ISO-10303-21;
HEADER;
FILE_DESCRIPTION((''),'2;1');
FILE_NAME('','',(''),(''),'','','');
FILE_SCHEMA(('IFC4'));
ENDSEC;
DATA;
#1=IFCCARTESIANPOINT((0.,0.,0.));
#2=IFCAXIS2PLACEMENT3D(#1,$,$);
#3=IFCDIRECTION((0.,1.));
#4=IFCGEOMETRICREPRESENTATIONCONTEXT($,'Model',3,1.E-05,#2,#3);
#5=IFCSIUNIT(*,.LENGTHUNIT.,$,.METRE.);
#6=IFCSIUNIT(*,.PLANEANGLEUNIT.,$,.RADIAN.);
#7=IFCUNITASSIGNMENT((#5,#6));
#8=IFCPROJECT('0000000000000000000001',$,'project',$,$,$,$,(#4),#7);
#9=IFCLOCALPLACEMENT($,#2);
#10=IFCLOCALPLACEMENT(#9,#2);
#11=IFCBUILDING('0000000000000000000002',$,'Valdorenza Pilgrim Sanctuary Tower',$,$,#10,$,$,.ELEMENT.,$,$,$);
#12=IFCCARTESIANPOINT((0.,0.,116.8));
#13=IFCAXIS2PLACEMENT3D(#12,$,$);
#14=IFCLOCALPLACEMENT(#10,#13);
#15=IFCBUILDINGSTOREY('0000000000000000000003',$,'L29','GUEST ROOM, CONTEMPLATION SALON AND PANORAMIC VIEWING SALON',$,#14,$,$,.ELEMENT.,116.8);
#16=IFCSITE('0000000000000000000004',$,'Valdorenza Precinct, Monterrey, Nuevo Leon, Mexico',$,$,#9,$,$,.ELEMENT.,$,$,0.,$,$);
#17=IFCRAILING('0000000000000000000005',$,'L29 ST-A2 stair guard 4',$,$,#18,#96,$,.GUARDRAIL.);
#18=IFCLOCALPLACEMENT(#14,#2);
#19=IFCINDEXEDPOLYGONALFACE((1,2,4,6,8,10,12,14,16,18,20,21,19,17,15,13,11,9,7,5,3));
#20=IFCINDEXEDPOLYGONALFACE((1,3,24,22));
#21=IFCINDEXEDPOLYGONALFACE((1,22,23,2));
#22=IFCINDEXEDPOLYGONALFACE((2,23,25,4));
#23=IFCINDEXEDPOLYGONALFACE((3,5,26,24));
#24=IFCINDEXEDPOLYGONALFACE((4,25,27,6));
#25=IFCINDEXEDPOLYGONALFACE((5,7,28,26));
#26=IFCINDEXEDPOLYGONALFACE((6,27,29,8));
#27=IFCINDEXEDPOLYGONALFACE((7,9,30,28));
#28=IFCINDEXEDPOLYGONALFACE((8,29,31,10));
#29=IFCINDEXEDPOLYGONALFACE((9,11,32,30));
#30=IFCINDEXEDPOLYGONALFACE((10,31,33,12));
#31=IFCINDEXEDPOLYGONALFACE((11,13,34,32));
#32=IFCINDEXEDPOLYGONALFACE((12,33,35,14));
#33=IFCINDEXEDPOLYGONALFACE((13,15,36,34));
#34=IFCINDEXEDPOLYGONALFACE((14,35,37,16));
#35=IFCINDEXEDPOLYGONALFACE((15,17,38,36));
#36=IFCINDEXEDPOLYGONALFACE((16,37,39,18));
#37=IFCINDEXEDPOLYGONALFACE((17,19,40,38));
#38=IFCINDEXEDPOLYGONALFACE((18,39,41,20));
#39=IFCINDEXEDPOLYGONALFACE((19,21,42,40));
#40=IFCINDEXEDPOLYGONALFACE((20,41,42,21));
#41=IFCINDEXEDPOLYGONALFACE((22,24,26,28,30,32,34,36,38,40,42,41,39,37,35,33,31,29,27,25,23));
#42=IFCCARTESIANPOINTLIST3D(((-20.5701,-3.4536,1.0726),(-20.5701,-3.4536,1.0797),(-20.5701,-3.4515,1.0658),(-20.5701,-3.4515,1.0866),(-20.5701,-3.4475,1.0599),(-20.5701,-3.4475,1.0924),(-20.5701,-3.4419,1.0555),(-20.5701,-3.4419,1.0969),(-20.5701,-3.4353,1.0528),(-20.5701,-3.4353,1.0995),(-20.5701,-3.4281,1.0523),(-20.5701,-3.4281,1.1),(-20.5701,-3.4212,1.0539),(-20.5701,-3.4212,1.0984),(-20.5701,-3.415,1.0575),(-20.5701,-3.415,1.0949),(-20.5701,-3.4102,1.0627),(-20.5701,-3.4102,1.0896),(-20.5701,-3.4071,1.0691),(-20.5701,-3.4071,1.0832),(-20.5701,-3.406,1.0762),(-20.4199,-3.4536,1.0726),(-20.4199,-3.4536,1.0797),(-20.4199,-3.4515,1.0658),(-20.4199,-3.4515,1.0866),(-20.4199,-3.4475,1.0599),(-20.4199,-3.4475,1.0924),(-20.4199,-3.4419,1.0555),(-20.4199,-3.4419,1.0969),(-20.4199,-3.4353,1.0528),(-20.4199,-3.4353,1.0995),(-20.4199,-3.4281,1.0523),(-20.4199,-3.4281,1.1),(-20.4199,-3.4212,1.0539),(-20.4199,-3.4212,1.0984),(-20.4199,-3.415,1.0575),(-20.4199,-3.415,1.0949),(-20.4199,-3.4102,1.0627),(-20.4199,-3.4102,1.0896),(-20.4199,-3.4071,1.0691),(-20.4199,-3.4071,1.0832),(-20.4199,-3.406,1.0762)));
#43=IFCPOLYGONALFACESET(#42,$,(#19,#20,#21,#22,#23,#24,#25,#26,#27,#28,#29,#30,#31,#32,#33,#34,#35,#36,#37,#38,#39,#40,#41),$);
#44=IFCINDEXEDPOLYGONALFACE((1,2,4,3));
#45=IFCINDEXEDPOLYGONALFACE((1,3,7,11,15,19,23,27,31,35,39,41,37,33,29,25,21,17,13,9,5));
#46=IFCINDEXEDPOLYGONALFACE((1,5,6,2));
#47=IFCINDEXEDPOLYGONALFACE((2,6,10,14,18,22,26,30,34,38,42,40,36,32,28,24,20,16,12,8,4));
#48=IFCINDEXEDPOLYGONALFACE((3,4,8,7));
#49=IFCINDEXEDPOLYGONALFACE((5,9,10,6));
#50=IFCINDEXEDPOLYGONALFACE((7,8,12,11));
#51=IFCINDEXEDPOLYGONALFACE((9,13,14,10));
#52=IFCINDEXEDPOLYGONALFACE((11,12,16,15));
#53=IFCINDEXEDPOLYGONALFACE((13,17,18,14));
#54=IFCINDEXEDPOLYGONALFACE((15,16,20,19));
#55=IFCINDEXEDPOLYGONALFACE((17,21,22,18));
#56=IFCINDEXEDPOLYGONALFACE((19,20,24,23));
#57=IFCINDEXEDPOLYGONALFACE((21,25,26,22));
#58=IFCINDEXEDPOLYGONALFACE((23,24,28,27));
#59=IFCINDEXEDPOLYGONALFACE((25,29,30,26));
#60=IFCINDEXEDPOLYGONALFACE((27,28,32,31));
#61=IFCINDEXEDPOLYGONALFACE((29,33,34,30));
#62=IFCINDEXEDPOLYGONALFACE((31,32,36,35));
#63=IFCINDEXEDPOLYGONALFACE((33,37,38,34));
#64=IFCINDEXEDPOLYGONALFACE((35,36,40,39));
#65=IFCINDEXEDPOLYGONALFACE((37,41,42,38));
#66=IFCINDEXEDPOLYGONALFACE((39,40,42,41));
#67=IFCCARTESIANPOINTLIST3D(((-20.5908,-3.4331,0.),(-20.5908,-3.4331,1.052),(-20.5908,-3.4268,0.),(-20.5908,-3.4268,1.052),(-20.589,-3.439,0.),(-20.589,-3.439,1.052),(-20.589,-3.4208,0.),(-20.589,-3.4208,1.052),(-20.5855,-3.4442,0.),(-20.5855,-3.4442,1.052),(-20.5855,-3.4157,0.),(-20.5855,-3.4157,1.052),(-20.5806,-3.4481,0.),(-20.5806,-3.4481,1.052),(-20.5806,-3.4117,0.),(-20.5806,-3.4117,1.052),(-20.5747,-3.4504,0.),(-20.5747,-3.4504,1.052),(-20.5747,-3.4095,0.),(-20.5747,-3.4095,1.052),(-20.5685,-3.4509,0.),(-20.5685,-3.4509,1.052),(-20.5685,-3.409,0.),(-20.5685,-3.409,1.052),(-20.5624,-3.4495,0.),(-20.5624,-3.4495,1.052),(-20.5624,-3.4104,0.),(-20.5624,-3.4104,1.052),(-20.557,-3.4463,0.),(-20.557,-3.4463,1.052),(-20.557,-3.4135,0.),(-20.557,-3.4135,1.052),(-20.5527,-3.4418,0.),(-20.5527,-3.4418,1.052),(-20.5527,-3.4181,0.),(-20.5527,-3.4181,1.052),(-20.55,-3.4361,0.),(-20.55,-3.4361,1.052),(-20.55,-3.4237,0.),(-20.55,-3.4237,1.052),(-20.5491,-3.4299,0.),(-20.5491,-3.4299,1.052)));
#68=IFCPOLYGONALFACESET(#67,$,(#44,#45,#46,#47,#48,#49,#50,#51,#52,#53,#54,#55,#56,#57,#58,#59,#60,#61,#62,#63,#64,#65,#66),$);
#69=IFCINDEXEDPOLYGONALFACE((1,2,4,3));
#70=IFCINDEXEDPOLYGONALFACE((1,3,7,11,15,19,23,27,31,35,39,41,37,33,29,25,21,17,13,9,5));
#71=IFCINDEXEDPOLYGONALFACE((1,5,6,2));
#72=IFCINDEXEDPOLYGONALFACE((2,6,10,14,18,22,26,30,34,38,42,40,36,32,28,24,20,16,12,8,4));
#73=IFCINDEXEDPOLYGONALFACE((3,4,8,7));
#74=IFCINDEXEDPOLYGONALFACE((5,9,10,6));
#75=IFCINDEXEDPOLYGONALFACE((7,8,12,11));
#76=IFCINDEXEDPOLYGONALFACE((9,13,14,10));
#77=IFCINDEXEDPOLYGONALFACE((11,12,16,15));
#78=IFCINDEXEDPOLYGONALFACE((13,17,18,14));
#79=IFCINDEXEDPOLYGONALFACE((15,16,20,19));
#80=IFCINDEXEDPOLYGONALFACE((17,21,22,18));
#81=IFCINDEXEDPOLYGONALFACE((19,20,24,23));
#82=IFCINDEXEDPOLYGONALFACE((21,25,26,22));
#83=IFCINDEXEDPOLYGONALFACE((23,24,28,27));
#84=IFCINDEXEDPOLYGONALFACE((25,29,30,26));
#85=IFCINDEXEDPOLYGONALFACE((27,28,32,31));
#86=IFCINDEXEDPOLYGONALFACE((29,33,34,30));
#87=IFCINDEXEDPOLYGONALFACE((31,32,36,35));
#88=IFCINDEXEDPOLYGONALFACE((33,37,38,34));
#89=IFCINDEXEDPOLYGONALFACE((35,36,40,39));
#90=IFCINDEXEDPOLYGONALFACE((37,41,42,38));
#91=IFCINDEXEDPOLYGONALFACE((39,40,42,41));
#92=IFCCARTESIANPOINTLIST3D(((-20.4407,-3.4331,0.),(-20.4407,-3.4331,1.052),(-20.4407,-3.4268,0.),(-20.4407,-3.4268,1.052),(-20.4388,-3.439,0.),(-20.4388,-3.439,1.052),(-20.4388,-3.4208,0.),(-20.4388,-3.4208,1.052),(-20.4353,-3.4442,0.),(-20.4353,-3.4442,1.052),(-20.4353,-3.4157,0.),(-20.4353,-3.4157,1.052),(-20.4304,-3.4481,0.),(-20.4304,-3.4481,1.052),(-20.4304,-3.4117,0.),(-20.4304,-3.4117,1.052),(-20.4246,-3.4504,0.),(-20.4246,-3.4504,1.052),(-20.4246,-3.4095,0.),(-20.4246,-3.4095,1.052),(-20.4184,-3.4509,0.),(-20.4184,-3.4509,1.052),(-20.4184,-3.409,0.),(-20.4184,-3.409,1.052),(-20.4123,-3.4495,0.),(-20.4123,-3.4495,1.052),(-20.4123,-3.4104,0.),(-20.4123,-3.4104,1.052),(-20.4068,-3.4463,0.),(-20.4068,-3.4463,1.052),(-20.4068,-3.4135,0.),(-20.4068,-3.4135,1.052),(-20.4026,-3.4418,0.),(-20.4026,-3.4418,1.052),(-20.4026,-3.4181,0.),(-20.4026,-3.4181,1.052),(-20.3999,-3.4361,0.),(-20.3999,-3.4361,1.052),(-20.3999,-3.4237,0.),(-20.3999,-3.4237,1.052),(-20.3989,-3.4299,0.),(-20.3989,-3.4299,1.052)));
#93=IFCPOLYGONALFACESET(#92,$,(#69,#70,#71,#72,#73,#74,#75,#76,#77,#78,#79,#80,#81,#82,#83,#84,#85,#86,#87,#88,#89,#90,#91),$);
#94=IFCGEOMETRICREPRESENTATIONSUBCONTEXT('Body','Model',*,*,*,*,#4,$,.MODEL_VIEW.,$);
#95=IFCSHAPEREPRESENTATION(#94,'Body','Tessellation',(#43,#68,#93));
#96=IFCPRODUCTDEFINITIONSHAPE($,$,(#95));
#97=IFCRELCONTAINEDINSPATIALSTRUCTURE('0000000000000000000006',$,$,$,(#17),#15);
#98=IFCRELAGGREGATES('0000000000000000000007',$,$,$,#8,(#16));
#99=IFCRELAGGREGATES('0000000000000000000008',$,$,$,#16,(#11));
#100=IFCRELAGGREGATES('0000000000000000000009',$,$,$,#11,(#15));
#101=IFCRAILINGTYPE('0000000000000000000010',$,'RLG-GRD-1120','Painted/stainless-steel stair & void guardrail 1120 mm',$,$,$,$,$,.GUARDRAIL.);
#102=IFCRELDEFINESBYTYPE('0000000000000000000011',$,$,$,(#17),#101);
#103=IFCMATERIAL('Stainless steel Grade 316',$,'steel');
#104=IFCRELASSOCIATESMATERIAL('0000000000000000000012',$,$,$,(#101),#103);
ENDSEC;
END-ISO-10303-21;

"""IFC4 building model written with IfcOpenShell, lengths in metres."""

from ifc_helpers import new_model, si_unit, direction, frame, origin, origin_2d, place, context, subcontext, project, spatial, circle, extrude, material, type_object, element, save


model = new_model("IFC4")

# Units and contexts
model_context = context("Model", 3, precision=1e-05, world=origin(), true_north=direction((0.0, 1.0)))
body_context = subcontext(model_context, "Body", "Model", "MODEL_VIEW")
ifc_project = project(units=[si_unit("LENGTHUNIT", "METRE"), si_unit("PLANEANGLEUNIT", "RADIAN")], contexts=[model_context])

# Site, building, storey
site_placement = place(None, origin())
site = spatial("IfcSite", under=ifc_project, at=site_placement, Name="Valdorenza Precinct, Monterrey, Nuevo Leon, Mexico", CompositionType="ELEMENT", RefElevation=0.0)
building_placement = place(site_placement, origin())
building = spatial("IfcBuilding", under=site, at=building_placement, Name="Valdorenza Pilgrim Sanctuary Tower", CompositionType="ELEMENT")
storey_placement = place(building_placement, frame((0.0, 0.0, 116.8)))
storey = spatial("IfcBuildingStorey", under=building, at=storey_placement, Name="L29", Description="GUEST ROOM, CONTEMPLATION SALON AND PANORAMIC VIEWING SALON", CompositionType="ELEMENT", Elevation=116.8)

# Railing
ifc_material_1 = material(Name="Stainless steel Grade 316", Category="steel")
railing_type_1 = type_object("IfcRailingType", Name="RLG-GRD-1120", Description="Painted/stainless-steel stair & void guardrail 1120 mm", PredefinedType="GUARDRAIL", material=ifc_material_1)
railing_1_placement = place(storey_placement, frame((-20.5701, -3.4299, 0.0)))
element("IfcRailing", 1, at=railing_1_placement, inside=storey, type_object=railing_type_1, Name="L29 ST-A2 stair guard 4", PredefinedType="GUARDRAIL", context=body_context, shape_type="SweptSolid", body=[
    extrude(circle(Radius=0.0239, at=origin_2d()), frame((0.0, 0.0, 1.0762), z_axis=(1.0, 0.0, 0.0), x_axis=(0.0, 1.0, 0.0)), (0.0, 0.0, 1.0), 0.1501),
    extrude(circle(Radius=0.021, at=origin_2d()), origin(), (0.0, 0.0, 1.0), 1.052),
    extrude(circle(Radius=0.021, at=origin_2d()), frame((0.1501, 0.0, 0.0)), (0.0, 0.0, 1.0), 1.052),
])

save(model, "model.ifc")
